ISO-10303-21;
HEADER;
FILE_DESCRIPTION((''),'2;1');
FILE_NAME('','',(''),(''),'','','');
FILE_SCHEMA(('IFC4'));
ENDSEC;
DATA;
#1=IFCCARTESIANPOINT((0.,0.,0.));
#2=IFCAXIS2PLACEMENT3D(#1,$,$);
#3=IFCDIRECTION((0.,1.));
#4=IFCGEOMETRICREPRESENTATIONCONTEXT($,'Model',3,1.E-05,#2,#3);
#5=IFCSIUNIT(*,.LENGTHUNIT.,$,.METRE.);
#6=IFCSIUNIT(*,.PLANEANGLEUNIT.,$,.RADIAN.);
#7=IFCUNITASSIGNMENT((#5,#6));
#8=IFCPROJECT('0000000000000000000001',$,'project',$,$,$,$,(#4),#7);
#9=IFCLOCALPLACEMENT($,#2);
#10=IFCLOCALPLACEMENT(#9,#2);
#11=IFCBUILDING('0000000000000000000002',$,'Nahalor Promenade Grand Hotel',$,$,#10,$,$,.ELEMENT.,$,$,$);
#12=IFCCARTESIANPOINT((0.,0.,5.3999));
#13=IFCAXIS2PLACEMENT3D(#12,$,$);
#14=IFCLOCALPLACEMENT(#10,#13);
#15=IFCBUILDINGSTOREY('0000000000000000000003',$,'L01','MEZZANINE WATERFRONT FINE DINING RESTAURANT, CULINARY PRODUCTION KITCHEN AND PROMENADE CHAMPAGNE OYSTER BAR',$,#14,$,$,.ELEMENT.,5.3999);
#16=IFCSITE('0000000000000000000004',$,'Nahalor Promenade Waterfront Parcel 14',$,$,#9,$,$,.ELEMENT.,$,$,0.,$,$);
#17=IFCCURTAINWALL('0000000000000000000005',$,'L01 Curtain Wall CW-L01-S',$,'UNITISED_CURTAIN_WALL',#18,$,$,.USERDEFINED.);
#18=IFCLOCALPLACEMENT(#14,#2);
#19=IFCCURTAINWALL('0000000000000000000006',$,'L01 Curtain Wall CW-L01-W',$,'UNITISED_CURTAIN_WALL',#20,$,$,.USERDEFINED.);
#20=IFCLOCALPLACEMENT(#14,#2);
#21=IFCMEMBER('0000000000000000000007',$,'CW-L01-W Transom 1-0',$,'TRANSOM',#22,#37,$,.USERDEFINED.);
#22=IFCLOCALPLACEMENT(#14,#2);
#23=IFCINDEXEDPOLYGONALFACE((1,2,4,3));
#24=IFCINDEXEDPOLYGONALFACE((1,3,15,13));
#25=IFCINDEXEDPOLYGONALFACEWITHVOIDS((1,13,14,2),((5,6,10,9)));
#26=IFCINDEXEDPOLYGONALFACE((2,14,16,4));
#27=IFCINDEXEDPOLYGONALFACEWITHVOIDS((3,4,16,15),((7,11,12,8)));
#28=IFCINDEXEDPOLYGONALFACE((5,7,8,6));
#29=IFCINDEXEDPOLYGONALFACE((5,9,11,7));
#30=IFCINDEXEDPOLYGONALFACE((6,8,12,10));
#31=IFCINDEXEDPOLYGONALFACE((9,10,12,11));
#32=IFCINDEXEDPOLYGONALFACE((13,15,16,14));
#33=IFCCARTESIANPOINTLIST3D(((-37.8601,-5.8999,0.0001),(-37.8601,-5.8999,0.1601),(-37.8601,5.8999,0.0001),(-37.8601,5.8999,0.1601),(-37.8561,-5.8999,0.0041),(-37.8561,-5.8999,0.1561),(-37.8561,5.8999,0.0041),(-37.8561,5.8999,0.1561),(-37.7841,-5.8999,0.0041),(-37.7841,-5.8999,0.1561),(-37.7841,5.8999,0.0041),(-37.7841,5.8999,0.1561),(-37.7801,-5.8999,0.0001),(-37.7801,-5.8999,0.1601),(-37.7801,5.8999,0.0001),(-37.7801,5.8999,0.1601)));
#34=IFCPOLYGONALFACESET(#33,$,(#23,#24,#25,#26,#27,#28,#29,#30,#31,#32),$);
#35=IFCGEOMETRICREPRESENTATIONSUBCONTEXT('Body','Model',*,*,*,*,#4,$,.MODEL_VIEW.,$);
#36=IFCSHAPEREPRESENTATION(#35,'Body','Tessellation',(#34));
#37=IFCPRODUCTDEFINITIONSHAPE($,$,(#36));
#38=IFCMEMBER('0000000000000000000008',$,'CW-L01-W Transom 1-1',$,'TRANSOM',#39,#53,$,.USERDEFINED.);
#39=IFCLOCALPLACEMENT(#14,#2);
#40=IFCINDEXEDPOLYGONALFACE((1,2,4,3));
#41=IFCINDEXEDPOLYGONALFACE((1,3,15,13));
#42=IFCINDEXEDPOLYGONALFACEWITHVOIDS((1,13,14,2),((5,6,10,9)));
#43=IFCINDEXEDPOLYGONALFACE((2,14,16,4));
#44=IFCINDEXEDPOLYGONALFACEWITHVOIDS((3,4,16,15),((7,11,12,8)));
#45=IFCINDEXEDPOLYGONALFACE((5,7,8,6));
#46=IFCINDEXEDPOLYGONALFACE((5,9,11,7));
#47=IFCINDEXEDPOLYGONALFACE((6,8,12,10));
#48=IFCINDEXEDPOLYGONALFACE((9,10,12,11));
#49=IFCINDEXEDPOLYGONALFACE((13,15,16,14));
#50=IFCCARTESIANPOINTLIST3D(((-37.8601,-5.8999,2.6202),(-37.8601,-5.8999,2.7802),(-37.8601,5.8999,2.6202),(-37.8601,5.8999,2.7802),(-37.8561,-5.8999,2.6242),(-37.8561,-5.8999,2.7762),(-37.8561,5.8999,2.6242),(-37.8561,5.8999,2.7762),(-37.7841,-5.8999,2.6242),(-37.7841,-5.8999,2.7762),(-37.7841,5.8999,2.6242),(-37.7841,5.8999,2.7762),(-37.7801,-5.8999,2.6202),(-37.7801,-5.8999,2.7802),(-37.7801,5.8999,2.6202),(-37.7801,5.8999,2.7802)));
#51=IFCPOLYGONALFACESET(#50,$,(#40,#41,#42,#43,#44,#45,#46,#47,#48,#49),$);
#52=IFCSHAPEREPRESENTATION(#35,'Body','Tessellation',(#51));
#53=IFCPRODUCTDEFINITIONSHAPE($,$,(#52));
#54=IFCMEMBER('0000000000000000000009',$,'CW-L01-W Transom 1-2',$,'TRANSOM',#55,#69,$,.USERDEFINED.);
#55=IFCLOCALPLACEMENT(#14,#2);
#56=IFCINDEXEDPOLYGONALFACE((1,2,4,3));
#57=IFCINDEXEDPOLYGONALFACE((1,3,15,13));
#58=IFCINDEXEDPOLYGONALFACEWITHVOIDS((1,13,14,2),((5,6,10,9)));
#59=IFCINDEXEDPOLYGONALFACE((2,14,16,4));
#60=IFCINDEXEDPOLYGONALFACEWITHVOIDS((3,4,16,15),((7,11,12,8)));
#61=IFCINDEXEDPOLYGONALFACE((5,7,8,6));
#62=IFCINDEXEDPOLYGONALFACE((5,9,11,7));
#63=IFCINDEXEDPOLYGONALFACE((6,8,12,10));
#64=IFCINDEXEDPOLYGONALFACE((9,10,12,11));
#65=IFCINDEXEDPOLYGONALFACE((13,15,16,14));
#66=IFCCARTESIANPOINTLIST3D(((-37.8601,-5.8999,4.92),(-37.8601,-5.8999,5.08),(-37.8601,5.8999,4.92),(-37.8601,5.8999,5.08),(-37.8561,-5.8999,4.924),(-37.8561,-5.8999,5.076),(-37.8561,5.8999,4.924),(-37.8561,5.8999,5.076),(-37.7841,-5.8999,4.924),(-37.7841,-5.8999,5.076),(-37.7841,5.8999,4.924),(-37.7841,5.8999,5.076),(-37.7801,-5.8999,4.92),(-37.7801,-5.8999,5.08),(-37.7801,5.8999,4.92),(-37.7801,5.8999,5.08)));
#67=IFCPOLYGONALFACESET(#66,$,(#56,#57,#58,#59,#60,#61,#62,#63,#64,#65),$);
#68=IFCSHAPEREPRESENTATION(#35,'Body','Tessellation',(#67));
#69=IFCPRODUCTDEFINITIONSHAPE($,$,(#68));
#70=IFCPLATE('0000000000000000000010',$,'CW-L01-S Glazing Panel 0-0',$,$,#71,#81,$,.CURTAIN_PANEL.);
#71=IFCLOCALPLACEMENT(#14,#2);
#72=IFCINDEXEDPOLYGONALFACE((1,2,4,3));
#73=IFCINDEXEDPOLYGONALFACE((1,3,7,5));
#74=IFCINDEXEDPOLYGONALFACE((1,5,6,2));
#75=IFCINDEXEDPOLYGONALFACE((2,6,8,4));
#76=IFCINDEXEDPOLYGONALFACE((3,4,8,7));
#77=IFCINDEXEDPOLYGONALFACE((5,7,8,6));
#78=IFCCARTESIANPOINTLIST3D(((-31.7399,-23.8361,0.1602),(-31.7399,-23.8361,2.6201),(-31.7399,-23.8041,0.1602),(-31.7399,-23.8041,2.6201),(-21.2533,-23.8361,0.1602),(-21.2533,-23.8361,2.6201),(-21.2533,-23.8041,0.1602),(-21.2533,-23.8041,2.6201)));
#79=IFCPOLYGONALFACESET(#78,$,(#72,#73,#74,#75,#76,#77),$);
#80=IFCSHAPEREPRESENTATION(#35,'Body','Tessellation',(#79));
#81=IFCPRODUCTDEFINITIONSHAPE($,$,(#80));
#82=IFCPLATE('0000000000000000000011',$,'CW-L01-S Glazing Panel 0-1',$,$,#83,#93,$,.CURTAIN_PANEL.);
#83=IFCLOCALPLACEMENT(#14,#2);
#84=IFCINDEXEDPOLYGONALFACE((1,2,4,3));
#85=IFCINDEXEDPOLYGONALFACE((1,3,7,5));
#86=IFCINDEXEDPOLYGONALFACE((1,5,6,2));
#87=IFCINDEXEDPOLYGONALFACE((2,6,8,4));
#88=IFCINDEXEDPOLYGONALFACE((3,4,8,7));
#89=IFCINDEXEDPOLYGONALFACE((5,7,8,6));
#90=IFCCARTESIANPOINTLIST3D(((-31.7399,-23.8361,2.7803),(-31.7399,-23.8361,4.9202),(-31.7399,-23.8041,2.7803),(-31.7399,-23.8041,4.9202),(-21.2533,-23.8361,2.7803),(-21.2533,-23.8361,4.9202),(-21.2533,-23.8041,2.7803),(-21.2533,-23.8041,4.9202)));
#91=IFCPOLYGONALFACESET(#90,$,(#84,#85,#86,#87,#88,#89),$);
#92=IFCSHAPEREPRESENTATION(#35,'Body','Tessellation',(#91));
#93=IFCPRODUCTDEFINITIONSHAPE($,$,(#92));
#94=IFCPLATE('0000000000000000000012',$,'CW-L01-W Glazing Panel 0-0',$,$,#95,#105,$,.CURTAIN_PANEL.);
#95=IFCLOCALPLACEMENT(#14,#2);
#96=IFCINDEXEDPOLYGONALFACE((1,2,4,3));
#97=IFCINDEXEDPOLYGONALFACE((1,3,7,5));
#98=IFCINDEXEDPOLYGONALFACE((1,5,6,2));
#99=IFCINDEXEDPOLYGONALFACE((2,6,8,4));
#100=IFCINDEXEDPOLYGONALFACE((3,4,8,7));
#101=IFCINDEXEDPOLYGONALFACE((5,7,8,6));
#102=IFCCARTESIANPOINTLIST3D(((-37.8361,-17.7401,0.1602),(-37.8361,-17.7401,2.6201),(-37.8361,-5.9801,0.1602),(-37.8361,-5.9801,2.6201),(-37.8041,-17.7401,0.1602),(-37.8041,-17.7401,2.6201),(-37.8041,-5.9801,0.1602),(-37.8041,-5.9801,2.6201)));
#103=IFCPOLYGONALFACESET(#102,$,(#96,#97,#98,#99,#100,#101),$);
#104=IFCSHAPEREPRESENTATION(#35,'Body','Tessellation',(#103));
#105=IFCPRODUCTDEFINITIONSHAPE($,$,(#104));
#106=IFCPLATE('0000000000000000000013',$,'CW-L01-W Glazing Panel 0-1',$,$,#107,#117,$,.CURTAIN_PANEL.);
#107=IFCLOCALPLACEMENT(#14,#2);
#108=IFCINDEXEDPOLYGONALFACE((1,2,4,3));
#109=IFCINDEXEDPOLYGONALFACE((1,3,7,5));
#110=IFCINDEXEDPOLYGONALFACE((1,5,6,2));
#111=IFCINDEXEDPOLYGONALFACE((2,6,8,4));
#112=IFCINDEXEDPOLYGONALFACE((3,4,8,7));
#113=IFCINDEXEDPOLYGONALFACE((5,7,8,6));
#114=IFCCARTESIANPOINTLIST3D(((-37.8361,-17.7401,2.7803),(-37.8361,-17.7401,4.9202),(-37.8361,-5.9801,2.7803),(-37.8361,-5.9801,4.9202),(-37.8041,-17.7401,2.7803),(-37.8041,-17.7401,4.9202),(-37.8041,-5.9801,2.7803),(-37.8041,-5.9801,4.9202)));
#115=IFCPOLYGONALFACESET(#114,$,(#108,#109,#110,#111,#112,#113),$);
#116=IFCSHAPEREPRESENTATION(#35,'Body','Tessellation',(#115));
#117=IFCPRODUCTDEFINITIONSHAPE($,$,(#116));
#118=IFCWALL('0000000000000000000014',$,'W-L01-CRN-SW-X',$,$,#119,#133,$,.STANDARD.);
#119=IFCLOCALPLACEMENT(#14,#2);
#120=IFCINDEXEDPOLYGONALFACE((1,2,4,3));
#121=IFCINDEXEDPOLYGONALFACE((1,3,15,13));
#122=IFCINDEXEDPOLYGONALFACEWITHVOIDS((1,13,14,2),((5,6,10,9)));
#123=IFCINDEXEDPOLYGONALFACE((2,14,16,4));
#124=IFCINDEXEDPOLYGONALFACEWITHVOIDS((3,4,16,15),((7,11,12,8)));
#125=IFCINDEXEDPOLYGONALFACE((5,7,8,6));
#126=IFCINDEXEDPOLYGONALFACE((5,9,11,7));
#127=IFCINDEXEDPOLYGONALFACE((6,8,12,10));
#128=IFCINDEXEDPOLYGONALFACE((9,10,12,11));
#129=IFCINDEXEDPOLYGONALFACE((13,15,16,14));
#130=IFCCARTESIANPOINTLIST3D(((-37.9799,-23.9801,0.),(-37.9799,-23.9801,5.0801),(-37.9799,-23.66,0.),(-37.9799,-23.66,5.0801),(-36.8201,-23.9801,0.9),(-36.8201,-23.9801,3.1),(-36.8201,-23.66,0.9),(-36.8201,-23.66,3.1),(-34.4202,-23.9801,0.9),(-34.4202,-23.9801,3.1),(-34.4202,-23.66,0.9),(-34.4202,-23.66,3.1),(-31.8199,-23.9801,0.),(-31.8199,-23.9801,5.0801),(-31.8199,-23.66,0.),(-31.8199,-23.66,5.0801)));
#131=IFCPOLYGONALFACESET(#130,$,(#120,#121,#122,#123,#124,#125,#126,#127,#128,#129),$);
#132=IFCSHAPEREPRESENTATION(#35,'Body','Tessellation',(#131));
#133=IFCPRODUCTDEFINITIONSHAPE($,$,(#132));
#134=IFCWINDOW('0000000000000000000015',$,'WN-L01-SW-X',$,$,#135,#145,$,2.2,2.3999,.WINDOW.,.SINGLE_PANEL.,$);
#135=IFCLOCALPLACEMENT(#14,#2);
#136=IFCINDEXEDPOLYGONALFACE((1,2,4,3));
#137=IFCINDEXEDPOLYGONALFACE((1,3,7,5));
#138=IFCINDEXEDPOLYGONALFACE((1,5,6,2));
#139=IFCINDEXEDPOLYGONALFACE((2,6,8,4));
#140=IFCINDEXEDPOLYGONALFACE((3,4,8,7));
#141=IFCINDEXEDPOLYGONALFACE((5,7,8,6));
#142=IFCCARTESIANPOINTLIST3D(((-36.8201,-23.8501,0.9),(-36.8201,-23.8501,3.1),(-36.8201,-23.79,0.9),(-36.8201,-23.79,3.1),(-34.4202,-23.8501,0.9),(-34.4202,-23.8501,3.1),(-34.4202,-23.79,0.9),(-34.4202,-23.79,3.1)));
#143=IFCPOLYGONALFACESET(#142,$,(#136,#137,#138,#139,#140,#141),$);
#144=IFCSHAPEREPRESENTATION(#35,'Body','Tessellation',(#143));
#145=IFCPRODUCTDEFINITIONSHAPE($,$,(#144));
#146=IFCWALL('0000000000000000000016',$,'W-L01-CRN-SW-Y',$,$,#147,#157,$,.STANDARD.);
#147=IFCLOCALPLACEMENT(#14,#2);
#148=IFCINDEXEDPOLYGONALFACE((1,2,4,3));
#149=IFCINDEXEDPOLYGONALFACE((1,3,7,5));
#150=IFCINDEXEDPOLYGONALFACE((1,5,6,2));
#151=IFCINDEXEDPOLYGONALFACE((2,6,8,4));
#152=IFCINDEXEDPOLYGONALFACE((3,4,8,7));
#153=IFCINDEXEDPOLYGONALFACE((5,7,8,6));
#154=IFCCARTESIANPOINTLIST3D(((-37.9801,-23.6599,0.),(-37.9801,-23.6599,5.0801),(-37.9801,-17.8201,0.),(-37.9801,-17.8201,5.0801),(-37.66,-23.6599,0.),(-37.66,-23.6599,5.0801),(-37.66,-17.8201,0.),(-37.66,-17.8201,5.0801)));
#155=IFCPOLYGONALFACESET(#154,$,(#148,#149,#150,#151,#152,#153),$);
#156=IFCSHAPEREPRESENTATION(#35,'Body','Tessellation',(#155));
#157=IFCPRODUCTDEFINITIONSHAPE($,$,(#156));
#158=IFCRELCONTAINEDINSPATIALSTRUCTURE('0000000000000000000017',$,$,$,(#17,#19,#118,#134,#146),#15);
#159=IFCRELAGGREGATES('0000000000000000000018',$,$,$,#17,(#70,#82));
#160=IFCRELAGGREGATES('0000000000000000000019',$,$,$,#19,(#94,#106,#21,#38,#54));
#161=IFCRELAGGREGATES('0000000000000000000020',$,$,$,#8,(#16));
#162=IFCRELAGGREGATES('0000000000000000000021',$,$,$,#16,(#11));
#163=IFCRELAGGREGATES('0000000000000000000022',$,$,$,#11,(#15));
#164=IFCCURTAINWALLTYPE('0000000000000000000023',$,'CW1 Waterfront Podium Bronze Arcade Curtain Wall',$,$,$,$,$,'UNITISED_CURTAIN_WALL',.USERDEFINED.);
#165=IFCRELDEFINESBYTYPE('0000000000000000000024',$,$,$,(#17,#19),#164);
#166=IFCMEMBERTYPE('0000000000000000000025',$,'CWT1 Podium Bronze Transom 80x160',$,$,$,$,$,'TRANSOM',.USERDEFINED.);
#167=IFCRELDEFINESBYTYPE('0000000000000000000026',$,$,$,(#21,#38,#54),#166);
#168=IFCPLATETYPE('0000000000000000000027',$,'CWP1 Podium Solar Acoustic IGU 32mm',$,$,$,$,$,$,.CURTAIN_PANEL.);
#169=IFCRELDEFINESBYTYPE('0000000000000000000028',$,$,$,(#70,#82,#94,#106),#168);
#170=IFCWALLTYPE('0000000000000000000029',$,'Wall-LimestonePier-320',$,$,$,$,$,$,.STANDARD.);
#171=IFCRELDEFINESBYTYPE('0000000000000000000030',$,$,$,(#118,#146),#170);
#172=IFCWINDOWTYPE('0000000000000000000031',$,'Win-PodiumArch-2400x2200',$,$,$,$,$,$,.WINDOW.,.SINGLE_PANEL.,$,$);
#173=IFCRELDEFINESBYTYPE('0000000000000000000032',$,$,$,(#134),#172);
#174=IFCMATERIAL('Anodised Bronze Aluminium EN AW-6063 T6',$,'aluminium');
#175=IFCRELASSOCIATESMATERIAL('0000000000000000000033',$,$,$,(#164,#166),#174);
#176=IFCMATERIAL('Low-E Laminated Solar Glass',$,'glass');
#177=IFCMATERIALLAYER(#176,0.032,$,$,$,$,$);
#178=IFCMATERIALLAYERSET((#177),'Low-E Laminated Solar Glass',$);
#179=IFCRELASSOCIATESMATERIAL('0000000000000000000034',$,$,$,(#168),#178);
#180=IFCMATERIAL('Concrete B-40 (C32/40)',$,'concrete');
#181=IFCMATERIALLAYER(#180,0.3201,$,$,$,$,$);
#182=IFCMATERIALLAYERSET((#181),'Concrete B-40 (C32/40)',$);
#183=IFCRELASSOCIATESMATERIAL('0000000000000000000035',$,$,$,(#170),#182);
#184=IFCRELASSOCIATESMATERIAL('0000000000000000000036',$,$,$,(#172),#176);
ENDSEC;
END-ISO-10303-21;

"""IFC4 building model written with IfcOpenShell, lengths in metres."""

from ifc_helpers import new_model, si_unit, direction, frame, frame_2d, origin, origin_2d, place, context, subcontext, project, spatial, rectangle, hollow_rectangle, extrude, source, transform, mapped, material, layer, layer_set, material_profile, profile_set, type_object, element, fill, aggregate, save


model = new_model("IFC4")

# Units and contexts
model_context = context("Model", 3, precision=1e-05, world=origin(), true_north=direction((0.0, 1.0)))
body_context = subcontext(model_context, "Body", "Model", "MODEL_VIEW")
ifc_project = project(units=[si_unit("LENGTHUNIT", "METRE"), si_unit("PLANEANGLEUNIT", "RADIAN")], contexts=[model_context])

# Site, building, storey
site_placement = place(None, origin())
site = spatial("IfcSite", under=ifc_project, at=site_placement, Name="Nahalor Promenade Waterfront Parcel 14", CompositionType="ELEMENT", RefElevation=0.0)
building_placement = place(site_placement, origin())
building = spatial("IfcBuilding", under=site, at=building_placement, Name="Nahalor Promenade Grand Hotel", CompositionType="ELEMENT")
storey_placement = place(building_placement, frame((0.0, 0.0, 5.3999)))
storey = spatial("IfcBuildingStorey", under=building, at=storey_placement, Name="L01", Description="MEZZANINE WATERFRONT FINE DINING RESTAURANT, CULINARY PRODUCTION KITCHEN AND PROMENADE CHAMPAGNE OYSTER BAR", CompositionType="ELEMENT", Elevation=5.3999)

# Curtain wall
ifc_material_1 = material(Name="Anodised Bronze Aluminium EN AW-6063 T6", Category="aluminium")
curtain_wall_type = type_object("IfcCurtainWallType", Name="CW1 Waterfront Podium Bronze Arcade Curtain Wall", ElementType="UNITISED_CURTAIN_WALL", PredefinedType="USERDEFINED", material=ifc_material_1)
curtain_wall_1_placement = place(storey_placement, origin())
curtain_wall_1 = element("IfcCurtainWall", 1, at=curtain_wall_1_placement, inside=storey, type_object=curtain_wall_type, Name="L01 Curtain Wall CW-L01-S", ObjectType="UNITISED_CURTAIN_WALL", PredefinedType="USERDEFINED")

# Curtain wall
curtain_wall_2_placement = place(storey_placement, origin())
curtain_wall_2 = element("IfcCurtainWall", 2, at=curtain_wall_2_placement, inside=storey, type_object=curtain_wall_type, Name="L01 Curtain Wall CW-L01-W", ObjectType="UNITISED_CURTAIN_WALL", PredefinedType="USERDEFINED")

# Members
ifc_material_profile_1 = material_profile(ifc_material_1, hollow_rectangle(XDim=0.08, YDim=0.16, WallThickness=0.004, at=origin_2d()), Name="CWT 80x160x4")
ifc_profile_set_1 = profile_set([ifc_material_profile_1], Name="Anodised Bronze Aluminium EN AW-6063 T6")
member_type_1 = type_object("IfcMemberType", Name="CWT1 Podium Bronze Transom 80x160", ElementType="TRANSOM", PredefinedType="USERDEFINED", material=ifc_profile_set_1)
shared_shape_1 = source(origin(), body_context, "Body", "SweptSolid", [
    extrude(hollow_rectangle(XDim=0.08, YDim=0.16, WallThickness=0.004, at=origin_2d()), origin(), (0.0, 0.0, 1.0), 11.7998),
])
member_1_placement = place(storey_placement, frame((-37.8201, -5.8999, 0.0801), z_axis=(0.0, 1.0, 0.0), x_axis=(-1.0, 0.0, 0.0)))
member_1 = element("IfcMember", 3, at=member_1_placement, type_object=member_type_1, Name="CW-L01-W Transom 1-0", ObjectType="TRANSOM", PredefinedType="USERDEFINED", context=body_context, shape_type="MappedRepresentation", body=[
    mapped(shared_shape_1, transform((0.0, 0.0, 0.0), scale=1.0)),
])
member_2_placement = place(storey_placement, frame((-37.8201, -5.8999, 2.7002), z_axis=(0.0, 1.0, 0.0), x_axis=(-1.0, 0.0, 0.0)))
member_2 = element("IfcMember", 4, at=member_2_placement, type_object=member_type_1, Name="CW-L01-W Transom 1-1", ObjectType="TRANSOM", PredefinedType="USERDEFINED", context=body_context, shape_type="MappedRepresentation", body=[
    mapped(shared_shape_1, transform((0.0, 0.0, 0.0), scale=1.0)),
])
member_3_placement = place(storey_placement, frame((-37.8201, -5.8999, 5.0), z_axis=(0.0, 1.0, 0.0), x_axis=(-1.0, 0.0, 0.0)))
member_3 = element("IfcMember", 5, at=member_3_placement, type_object=member_type_1, Name="CW-L01-W Transom 1-2", ObjectType="TRANSOM", PredefinedType="USERDEFINED", context=body_context, shape_type="MappedRepresentation", body=[
    mapped(shared_shape_1, transform((0.0, 0.0, 0.0), scale=1.0)),
])

# Plates
ifc_material_2 = material(Name="Low-E Laminated Solar Glass", Category="glass")
ifc_layer_1 = layer(ifc_material_2, 0.032)
ifc_layer_set_1 = layer_set([ifc_layer_1], Name="Low-E Laminated Solar Glass")
plate_type = type_object("IfcPlateType", Name="CWP1 Podium Solar Acoustic IGU 32mm", PredefinedType="CURTAIN_PANEL", material=ifc_layer_set_1)
shared_shape_2 = source(origin(), body_context, "Body", "SweptSolid", [
    extrude(rectangle(XDim=10.4866, YDim=0.032, at=origin_2d()), origin(), (0.0, 0.0, 1.0), 2.46),
])
plate_1_placement = place(storey_placement, frame((-26.4966, -23.8201, 0.1602), z_axis=(0.0, 0.0, 1.0), x_axis=(1.0, 0.0, 0.0)))
plate_1 = element("IfcPlate", 6, at=plate_1_placement, type_object=plate_type, Name="CW-L01-S Glazing Panel 0-0", PredefinedType="CURTAIN_PANEL", context=body_context, shape_type="MappedRepresentation", body=[
    mapped(shared_shape_2, transform((0.0, 0.0, 0.0), scale=1.0)),
])
shared_shape_3 = source(origin(), body_context, "Body", "SweptSolid", [
    extrude(rectangle(XDim=10.4866, YDim=0.032, at=origin_2d()), origin(), (0.0, 0.0, 1.0), 2.1399),
])
plate_2_placement = place(storey_placement, frame((-26.4966, -23.8201, 2.7803), z_axis=(0.0, 0.0, 1.0), x_axis=(1.0, 0.0, 0.0)))
plate_2 = element("IfcPlate", 7, at=plate_2_placement, type_object=plate_type, Name="CW-L01-S Glazing Panel 0-1", PredefinedType="CURTAIN_PANEL", context=body_context, shape_type="MappedRepresentation", body=[
    mapped(shared_shape_3, transform((0.0, 0.0, 0.0), scale=1.0)),
])
aggregate(curtain_wall_1, [plate_1, plate_2])
shared_shape_4 = source(origin(), body_context, "Body", "SweptSolid", [
    extrude(rectangle(XDim=11.76, YDim=0.032, at=origin_2d()), origin(), (0.0, 0.0, 1.0), 2.46),
])
plate_3_placement = place(storey_placement, frame((-37.8201, -11.8601, 0.1602), z_axis=(0.0, 0.0, 1.0), x_axis=(0.0, 1.0, 0.0)))
plate_3 = element("IfcPlate", 8, at=plate_3_placement, type_object=plate_type, Name="CW-L01-W Glazing Panel 0-0", PredefinedType="CURTAIN_PANEL", context=body_context, shape_type="MappedRepresentation", body=[
    mapped(shared_shape_4, transform((0.0, 0.0, 0.0), scale=1.0)),
])
shared_shape_5 = source(origin(), body_context, "Body", "SweptSolid", [
    extrude(rectangle(XDim=11.76, YDim=0.032, at=origin_2d()), origin(), (0.0, 0.0, 1.0), 2.1399),
])
plate_4_placement = place(storey_placement, frame((-37.8201, -11.8601, 2.7803), z_axis=(0.0, 0.0, 1.0), x_axis=(0.0, 1.0, 0.0)))
plate_4 = element("IfcPlate", 9, at=plate_4_placement, type_object=plate_type, Name="CW-L01-W Glazing Panel 0-1", PredefinedType="CURTAIN_PANEL", context=body_context, shape_type="MappedRepresentation", body=[
    mapped(shared_shape_5, transform((0.0, 0.0, 0.0), scale=1.0)),
])
aggregate(curtain_wall_2, [plate_3, plate_4, member_1, member_2, member_3])

# Wall, opening, window
ifc_material_3 = material(Name="Concrete B-40 (C32/40)", Category="concrete")
ifc_layer_2 = layer(ifc_material_3, 0.3201)
ifc_layer_set_2 = layer_set([ifc_layer_2], Name="Concrete B-40 (C32/40)")
wall_type_1 = type_object("IfcWallType", Name="Wall-LimestonePier-320", PredefinedType="STANDARD", material=ifc_layer_set_2)
shared_shape_6 = source(origin(), body_context, "Body", "SweptSolid", [
    extrude(rectangle(XDim=6.1599, YDim=0.3201, at=frame_2d((3.0801, 0.0))), origin(), (0.0, 0.0, 1.0), 5.0801),
])
wall_1_placement = place(storey_placement, frame((-37.98, -23.8201, 0.0), z_axis=(0.0, 0.0, 1.0), x_axis=(1.0, 0.0, 0.0)))
wall_1 = element("IfcWall", 10, at=wall_1_placement, inside=storey, type_object=wall_type_1, Name="W-L01-CRN-SW-X", PredefinedType="STANDARD", context=body_context, shape_type="MappedRepresentation", body=[
    mapped(shared_shape_6, transform((0.0, 0.0, 0.0), scale=1.0)),
])
opening_1_placement = place(wall_1_placement, frame((1.1599, 0.0, 0.8999)))
opening_1 = element("IfcOpeningElement", 11, at=opening_1_placement, cuts=wall_1, PredefinedType="OPENING", context=body_context, shape_type="SweptSolid", body=[
    extrude(rectangle(XDim=2.3999, YDim=2.2, at=frame_2d((1.2, 1.1001))), frame((0.0, 0.1699, 0.0), z_axis=(0.0, -1.0, 0.0), x_axis=(1.0, 0.0, 0.0)), (0.0, 0.0, 1.0), 0.3401),
])
window_type = type_object("IfcWindowType", Name="Win-PodiumArch-2400x2200", PartitioningType="SINGLE_PANEL", PredefinedType="WINDOW", material=ifc_material_2)
shared_shape_7 = source(origin(), body_context, "Body", "SweptSolid", [
    extrude(rectangle(XDim=2.3999, YDim=2.2, at=frame_2d((1.2, 1.1001))), frame((0.0, 0.03, 0.0), z_axis=(0.0, -1.0, 0.0), x_axis=(1.0, 0.0, 0.0)), (0.0, 0.0, 1.0), 0.0601),
])
window_placement = place(opening_1_placement, origin())
window = element("IfcWindow", 12, at=window_placement, inside=storey, type_object=window_type, Name="WN-L01-SW-X", OverallHeight=2.2, OverallWidth=2.3999, PartitioningType="SINGLE_PANEL", PredefinedType="WINDOW", context=body_context, shape_type="MappedRepresentation", body=[
    mapped(shared_shape_7, transform((0.0, 0.0, 0.0), scale=1.0)),
])
fill(opening_1, window)

# Wall
shared_shape_8 = source(origin(), body_context, "Body", "SweptSolid", [
    extrude(rectangle(XDim=5.8398, YDim=0.3201, at=frame_2d((2.9199, 0.0))), origin(), (0.0, 0.0, 1.0), 5.0801),
])
wall_2_placement = place(storey_placement, frame((-37.8201, -23.6599, 0.0), z_axis=(0.0, 0.0, 1.0), x_axis=(0.0, 1.0, 0.0)))
element("IfcWall", 13, at=wall_2_placement, inside=storey, type_object=wall_type_1, Name="W-L01-CRN-SW-Y", PredefinedType="STANDARD", context=body_context, shape_type="MappedRepresentation", body=[
    mapped(shared_shape_8, transform((0.0, 0.0, 0.0), scale=1.0)),
])

save(model, "model.ifc")
